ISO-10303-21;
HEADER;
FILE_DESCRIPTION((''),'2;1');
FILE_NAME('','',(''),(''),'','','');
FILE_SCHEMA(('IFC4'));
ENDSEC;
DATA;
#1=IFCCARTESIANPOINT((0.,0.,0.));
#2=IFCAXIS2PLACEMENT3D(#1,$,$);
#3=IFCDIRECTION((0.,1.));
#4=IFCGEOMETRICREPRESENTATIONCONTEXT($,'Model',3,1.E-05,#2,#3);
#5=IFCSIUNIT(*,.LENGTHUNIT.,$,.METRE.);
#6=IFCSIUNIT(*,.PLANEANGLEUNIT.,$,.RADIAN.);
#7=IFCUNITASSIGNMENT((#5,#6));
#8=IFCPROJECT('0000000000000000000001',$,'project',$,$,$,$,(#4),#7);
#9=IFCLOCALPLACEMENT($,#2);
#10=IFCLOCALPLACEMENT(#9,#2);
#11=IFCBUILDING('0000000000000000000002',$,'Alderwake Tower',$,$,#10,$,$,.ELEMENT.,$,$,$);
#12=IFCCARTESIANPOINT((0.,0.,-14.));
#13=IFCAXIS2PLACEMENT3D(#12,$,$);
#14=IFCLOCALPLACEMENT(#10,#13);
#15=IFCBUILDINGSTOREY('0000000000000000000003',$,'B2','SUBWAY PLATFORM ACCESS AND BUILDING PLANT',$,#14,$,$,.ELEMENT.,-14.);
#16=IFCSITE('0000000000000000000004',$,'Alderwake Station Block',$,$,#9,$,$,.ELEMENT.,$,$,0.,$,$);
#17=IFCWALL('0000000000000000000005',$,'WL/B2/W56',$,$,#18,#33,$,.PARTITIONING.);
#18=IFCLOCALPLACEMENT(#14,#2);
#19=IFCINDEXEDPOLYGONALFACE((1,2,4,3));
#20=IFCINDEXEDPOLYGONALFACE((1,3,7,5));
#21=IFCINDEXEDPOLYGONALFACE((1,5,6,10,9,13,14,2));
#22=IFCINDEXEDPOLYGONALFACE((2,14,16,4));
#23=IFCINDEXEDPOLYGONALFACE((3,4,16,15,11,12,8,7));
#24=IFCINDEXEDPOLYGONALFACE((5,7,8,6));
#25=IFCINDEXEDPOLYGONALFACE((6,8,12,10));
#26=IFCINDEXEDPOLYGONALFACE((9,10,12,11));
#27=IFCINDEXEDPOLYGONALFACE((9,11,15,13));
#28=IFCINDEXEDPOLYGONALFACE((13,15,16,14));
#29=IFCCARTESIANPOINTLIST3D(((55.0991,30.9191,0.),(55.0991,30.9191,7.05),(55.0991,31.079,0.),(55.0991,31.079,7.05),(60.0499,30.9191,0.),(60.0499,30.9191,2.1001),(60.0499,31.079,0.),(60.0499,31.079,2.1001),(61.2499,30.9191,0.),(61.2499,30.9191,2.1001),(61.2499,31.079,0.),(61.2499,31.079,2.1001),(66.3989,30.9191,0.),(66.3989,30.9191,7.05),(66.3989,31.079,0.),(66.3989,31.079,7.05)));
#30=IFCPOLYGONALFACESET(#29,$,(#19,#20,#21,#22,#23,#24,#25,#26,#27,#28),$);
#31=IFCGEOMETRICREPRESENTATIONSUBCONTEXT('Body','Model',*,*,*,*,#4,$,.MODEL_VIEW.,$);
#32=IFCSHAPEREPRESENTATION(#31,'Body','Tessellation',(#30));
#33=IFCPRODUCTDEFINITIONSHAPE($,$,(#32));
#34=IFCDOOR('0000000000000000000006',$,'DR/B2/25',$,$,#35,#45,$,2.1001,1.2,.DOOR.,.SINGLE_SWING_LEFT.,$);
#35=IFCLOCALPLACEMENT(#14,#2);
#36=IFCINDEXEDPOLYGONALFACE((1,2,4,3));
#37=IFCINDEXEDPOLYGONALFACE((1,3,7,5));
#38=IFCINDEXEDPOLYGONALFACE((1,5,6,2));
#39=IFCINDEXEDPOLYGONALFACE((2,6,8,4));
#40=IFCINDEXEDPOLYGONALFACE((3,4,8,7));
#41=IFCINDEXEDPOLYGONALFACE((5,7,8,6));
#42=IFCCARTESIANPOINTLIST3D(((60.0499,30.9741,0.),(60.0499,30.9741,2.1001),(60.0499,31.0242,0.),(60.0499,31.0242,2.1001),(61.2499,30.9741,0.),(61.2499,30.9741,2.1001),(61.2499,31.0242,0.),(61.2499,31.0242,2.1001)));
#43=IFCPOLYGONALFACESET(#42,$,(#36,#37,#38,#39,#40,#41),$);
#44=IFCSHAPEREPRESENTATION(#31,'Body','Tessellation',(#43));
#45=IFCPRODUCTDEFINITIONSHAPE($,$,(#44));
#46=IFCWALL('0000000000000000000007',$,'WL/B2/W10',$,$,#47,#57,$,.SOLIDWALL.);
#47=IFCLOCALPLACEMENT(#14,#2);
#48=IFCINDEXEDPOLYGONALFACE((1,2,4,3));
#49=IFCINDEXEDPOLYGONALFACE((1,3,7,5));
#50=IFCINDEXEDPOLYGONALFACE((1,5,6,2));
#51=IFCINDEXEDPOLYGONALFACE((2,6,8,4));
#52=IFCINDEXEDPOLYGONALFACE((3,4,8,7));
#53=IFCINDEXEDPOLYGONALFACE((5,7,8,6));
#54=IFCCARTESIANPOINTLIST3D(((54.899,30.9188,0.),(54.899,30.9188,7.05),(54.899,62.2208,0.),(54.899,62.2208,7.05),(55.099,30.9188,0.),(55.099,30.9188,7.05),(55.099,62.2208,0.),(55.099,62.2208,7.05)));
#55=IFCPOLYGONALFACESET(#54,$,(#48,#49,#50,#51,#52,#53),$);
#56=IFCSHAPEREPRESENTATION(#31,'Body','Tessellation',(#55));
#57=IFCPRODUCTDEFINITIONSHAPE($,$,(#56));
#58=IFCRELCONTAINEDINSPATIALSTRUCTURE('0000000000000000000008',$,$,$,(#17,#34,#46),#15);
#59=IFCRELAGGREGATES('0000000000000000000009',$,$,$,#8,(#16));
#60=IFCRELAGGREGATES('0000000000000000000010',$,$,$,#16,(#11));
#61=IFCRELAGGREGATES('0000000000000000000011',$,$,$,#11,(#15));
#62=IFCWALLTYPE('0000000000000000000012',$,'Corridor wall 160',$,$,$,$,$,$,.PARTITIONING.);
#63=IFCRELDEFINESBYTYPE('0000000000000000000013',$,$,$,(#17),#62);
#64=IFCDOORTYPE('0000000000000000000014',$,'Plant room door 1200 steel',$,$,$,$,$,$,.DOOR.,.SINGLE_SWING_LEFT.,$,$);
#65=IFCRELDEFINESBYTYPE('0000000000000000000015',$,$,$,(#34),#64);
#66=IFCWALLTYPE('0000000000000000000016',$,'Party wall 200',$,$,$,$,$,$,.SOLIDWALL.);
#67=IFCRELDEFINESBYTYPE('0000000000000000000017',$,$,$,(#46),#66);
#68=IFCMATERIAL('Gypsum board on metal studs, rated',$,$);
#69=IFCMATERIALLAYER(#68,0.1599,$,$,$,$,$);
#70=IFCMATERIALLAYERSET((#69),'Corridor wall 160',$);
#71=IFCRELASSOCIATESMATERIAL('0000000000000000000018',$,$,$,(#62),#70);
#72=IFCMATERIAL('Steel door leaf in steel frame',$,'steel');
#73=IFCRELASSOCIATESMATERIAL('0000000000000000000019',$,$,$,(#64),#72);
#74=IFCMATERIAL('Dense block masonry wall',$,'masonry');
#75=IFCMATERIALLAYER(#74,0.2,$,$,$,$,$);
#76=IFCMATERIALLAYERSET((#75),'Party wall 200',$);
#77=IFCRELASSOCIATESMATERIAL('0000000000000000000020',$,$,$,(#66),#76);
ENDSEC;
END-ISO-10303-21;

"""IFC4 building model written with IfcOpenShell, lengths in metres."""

from ifc_helpers import new_model, si_unit, direction, frame, frame_2d, origin, place, context, subcontext, project, spatial, rectangle, extrude, material, layer, layer_set, type_object, element, fill, save


model = new_model("IFC4")

# Units and contexts
model_context = context("Model", 3, precision=1e-05, world=origin(), true_north=direction((0.0, 1.0)))
body_context = subcontext(model_context, "Body", "Model", "MODEL_VIEW")
ifc_project = project(units=[si_unit("LENGTHUNIT", "METRE"), si_unit("PLANEANGLEUNIT", "RADIAN")], contexts=[model_context])

# Site, building, storey
site_placement = place(None, origin())
site = spatial("IfcSite", under=ifc_project, at=site_placement, Name="Alderwake Station Block", CompositionType="ELEMENT", RefElevation=0.0)
building_placement = place(site_placement, origin())
building = spatial("IfcBuilding", under=site, at=building_placement, Name="Alderwake Tower", CompositionType="ELEMENT")
storey_placement = place(building_placement, frame((0.0, 0.0, -14.0)))
storey = spatial("IfcBuildingStorey", under=building, at=storey_placement, Name="B2", Description="SUBWAY PLATFORM ACCESS AND BUILDING PLANT", CompositionType="ELEMENT", Elevation=-14.0)

# Shared definitions
ifc_material_1 = material(Name="Gypsum board on metal studs, rated")
ifc_layer_1 = layer(ifc_material_1, 0.1599)
ifc_layer_set_1 = layer_set([ifc_layer_1], Name="Corridor wall 160")
wall_type_1 = type_object("IfcWallType", Name="Corridor wall 160", PredefinedType="PARTITIONING", material=ifc_layer_set_1)

# Wall, opening, door
wall_1_placement = place(storey_placement, frame((66.3989, 30.999, 0.0), z_axis=(0.0, 0.0, 1.0), x_axis=(-1.0, 0.0, 0.0)))
wall_1 = element("IfcWall", 1, at=wall_1_placement, inside=storey, type_object=wall_type_1, Name="WL/B2/W56", PredefinedType="PARTITIONING", context=body_context, shape_type="SweptSolid", body=[
    extrude(rectangle(XDim=11.2998, YDim=0.1599, at=frame_2d((5.6499, 0.0))), origin(), (0.0, 0.0, 1.0), 7.05),
])
opening_placement = place(wall_1_placement, frame((5.1489, 0.0, 0.0)))
opening = element("IfcOpeningElement", 2, at=opening_placement, cuts=wall_1, PredefinedType="OPENING", context=body_context, shape_type="SweptSolid", body=[
    extrude(rectangle(XDim=1.2, YDim=2.1001, at=frame_2d((0.6001, 1.05))), frame((0.0, 0.0898, 0.0), z_axis=(0.0, -1.0, 0.0), x_axis=(1.0, 0.0, 0.0)), (0.0, 0.0, 1.0), 0.1799),
])
ifc_material_2 = material(Name="Steel door leaf in steel frame", Category="steel")
door_type = type_object("IfcDoorType", Name="Plant room door 1200 steel", OperationType="SINGLE_SWING_LEFT", PredefinedType="DOOR", material=ifc_material_2)
door_placement = place(opening_placement, origin())
door = element("IfcDoor", 3, at=door_placement, inside=storey, type_object=door_type, Name="DR/B2/25", OperationType="SINGLE_SWING_LEFT", OverallHeight=2.1001, OverallWidth=1.2, PredefinedType="DOOR", context=body_context, shape_type="SweptSolid", body=[
    extrude(rectangle(XDim=1.2, YDim=2.1001, at=frame_2d((0.6001, 1.05))), frame((0.0, 0.0249, 0.0), z_axis=(0.0, -1.0, 0.0), x_axis=(1.0, 0.0, 0.0)), (0.0, 0.0, 1.0), 0.05),
])
fill(opening, door)

# Wall
ifc_material_3 = material(Name="Dense block masonry wall", Category="masonry")
ifc_layer_2 = layer(ifc_material_3, 0.2)
ifc_layer_set_2 = layer_set([ifc_layer_2], Name="Party wall 200")
wall_type_2 = type_object("IfcWallType", Name="Party wall 200", PredefinedType="SOLIDWALL", material=ifc_layer_set_2)
wall_2_placement = place(storey_placement, frame((54.999, 30.9189, 0.0), z_axis=(0.0, 0.0, 1.0), x_axis=(0.0, 1.0, 0.0)))
element("IfcWall", 4, at=wall_2_placement, inside=storey, type_object=wall_type_2, Name="WL/B2/W10", PredefinedType="SOLIDWALL", context=body_context, shape_type="SweptSolid", body=[
    extrude(rectangle(XDim=31.302, YDim=0.2, at=frame_2d((15.6509, 0.0))), origin(), (0.0, 0.0, 1.0), 7.05),
])

save(model, "model.ifc")
